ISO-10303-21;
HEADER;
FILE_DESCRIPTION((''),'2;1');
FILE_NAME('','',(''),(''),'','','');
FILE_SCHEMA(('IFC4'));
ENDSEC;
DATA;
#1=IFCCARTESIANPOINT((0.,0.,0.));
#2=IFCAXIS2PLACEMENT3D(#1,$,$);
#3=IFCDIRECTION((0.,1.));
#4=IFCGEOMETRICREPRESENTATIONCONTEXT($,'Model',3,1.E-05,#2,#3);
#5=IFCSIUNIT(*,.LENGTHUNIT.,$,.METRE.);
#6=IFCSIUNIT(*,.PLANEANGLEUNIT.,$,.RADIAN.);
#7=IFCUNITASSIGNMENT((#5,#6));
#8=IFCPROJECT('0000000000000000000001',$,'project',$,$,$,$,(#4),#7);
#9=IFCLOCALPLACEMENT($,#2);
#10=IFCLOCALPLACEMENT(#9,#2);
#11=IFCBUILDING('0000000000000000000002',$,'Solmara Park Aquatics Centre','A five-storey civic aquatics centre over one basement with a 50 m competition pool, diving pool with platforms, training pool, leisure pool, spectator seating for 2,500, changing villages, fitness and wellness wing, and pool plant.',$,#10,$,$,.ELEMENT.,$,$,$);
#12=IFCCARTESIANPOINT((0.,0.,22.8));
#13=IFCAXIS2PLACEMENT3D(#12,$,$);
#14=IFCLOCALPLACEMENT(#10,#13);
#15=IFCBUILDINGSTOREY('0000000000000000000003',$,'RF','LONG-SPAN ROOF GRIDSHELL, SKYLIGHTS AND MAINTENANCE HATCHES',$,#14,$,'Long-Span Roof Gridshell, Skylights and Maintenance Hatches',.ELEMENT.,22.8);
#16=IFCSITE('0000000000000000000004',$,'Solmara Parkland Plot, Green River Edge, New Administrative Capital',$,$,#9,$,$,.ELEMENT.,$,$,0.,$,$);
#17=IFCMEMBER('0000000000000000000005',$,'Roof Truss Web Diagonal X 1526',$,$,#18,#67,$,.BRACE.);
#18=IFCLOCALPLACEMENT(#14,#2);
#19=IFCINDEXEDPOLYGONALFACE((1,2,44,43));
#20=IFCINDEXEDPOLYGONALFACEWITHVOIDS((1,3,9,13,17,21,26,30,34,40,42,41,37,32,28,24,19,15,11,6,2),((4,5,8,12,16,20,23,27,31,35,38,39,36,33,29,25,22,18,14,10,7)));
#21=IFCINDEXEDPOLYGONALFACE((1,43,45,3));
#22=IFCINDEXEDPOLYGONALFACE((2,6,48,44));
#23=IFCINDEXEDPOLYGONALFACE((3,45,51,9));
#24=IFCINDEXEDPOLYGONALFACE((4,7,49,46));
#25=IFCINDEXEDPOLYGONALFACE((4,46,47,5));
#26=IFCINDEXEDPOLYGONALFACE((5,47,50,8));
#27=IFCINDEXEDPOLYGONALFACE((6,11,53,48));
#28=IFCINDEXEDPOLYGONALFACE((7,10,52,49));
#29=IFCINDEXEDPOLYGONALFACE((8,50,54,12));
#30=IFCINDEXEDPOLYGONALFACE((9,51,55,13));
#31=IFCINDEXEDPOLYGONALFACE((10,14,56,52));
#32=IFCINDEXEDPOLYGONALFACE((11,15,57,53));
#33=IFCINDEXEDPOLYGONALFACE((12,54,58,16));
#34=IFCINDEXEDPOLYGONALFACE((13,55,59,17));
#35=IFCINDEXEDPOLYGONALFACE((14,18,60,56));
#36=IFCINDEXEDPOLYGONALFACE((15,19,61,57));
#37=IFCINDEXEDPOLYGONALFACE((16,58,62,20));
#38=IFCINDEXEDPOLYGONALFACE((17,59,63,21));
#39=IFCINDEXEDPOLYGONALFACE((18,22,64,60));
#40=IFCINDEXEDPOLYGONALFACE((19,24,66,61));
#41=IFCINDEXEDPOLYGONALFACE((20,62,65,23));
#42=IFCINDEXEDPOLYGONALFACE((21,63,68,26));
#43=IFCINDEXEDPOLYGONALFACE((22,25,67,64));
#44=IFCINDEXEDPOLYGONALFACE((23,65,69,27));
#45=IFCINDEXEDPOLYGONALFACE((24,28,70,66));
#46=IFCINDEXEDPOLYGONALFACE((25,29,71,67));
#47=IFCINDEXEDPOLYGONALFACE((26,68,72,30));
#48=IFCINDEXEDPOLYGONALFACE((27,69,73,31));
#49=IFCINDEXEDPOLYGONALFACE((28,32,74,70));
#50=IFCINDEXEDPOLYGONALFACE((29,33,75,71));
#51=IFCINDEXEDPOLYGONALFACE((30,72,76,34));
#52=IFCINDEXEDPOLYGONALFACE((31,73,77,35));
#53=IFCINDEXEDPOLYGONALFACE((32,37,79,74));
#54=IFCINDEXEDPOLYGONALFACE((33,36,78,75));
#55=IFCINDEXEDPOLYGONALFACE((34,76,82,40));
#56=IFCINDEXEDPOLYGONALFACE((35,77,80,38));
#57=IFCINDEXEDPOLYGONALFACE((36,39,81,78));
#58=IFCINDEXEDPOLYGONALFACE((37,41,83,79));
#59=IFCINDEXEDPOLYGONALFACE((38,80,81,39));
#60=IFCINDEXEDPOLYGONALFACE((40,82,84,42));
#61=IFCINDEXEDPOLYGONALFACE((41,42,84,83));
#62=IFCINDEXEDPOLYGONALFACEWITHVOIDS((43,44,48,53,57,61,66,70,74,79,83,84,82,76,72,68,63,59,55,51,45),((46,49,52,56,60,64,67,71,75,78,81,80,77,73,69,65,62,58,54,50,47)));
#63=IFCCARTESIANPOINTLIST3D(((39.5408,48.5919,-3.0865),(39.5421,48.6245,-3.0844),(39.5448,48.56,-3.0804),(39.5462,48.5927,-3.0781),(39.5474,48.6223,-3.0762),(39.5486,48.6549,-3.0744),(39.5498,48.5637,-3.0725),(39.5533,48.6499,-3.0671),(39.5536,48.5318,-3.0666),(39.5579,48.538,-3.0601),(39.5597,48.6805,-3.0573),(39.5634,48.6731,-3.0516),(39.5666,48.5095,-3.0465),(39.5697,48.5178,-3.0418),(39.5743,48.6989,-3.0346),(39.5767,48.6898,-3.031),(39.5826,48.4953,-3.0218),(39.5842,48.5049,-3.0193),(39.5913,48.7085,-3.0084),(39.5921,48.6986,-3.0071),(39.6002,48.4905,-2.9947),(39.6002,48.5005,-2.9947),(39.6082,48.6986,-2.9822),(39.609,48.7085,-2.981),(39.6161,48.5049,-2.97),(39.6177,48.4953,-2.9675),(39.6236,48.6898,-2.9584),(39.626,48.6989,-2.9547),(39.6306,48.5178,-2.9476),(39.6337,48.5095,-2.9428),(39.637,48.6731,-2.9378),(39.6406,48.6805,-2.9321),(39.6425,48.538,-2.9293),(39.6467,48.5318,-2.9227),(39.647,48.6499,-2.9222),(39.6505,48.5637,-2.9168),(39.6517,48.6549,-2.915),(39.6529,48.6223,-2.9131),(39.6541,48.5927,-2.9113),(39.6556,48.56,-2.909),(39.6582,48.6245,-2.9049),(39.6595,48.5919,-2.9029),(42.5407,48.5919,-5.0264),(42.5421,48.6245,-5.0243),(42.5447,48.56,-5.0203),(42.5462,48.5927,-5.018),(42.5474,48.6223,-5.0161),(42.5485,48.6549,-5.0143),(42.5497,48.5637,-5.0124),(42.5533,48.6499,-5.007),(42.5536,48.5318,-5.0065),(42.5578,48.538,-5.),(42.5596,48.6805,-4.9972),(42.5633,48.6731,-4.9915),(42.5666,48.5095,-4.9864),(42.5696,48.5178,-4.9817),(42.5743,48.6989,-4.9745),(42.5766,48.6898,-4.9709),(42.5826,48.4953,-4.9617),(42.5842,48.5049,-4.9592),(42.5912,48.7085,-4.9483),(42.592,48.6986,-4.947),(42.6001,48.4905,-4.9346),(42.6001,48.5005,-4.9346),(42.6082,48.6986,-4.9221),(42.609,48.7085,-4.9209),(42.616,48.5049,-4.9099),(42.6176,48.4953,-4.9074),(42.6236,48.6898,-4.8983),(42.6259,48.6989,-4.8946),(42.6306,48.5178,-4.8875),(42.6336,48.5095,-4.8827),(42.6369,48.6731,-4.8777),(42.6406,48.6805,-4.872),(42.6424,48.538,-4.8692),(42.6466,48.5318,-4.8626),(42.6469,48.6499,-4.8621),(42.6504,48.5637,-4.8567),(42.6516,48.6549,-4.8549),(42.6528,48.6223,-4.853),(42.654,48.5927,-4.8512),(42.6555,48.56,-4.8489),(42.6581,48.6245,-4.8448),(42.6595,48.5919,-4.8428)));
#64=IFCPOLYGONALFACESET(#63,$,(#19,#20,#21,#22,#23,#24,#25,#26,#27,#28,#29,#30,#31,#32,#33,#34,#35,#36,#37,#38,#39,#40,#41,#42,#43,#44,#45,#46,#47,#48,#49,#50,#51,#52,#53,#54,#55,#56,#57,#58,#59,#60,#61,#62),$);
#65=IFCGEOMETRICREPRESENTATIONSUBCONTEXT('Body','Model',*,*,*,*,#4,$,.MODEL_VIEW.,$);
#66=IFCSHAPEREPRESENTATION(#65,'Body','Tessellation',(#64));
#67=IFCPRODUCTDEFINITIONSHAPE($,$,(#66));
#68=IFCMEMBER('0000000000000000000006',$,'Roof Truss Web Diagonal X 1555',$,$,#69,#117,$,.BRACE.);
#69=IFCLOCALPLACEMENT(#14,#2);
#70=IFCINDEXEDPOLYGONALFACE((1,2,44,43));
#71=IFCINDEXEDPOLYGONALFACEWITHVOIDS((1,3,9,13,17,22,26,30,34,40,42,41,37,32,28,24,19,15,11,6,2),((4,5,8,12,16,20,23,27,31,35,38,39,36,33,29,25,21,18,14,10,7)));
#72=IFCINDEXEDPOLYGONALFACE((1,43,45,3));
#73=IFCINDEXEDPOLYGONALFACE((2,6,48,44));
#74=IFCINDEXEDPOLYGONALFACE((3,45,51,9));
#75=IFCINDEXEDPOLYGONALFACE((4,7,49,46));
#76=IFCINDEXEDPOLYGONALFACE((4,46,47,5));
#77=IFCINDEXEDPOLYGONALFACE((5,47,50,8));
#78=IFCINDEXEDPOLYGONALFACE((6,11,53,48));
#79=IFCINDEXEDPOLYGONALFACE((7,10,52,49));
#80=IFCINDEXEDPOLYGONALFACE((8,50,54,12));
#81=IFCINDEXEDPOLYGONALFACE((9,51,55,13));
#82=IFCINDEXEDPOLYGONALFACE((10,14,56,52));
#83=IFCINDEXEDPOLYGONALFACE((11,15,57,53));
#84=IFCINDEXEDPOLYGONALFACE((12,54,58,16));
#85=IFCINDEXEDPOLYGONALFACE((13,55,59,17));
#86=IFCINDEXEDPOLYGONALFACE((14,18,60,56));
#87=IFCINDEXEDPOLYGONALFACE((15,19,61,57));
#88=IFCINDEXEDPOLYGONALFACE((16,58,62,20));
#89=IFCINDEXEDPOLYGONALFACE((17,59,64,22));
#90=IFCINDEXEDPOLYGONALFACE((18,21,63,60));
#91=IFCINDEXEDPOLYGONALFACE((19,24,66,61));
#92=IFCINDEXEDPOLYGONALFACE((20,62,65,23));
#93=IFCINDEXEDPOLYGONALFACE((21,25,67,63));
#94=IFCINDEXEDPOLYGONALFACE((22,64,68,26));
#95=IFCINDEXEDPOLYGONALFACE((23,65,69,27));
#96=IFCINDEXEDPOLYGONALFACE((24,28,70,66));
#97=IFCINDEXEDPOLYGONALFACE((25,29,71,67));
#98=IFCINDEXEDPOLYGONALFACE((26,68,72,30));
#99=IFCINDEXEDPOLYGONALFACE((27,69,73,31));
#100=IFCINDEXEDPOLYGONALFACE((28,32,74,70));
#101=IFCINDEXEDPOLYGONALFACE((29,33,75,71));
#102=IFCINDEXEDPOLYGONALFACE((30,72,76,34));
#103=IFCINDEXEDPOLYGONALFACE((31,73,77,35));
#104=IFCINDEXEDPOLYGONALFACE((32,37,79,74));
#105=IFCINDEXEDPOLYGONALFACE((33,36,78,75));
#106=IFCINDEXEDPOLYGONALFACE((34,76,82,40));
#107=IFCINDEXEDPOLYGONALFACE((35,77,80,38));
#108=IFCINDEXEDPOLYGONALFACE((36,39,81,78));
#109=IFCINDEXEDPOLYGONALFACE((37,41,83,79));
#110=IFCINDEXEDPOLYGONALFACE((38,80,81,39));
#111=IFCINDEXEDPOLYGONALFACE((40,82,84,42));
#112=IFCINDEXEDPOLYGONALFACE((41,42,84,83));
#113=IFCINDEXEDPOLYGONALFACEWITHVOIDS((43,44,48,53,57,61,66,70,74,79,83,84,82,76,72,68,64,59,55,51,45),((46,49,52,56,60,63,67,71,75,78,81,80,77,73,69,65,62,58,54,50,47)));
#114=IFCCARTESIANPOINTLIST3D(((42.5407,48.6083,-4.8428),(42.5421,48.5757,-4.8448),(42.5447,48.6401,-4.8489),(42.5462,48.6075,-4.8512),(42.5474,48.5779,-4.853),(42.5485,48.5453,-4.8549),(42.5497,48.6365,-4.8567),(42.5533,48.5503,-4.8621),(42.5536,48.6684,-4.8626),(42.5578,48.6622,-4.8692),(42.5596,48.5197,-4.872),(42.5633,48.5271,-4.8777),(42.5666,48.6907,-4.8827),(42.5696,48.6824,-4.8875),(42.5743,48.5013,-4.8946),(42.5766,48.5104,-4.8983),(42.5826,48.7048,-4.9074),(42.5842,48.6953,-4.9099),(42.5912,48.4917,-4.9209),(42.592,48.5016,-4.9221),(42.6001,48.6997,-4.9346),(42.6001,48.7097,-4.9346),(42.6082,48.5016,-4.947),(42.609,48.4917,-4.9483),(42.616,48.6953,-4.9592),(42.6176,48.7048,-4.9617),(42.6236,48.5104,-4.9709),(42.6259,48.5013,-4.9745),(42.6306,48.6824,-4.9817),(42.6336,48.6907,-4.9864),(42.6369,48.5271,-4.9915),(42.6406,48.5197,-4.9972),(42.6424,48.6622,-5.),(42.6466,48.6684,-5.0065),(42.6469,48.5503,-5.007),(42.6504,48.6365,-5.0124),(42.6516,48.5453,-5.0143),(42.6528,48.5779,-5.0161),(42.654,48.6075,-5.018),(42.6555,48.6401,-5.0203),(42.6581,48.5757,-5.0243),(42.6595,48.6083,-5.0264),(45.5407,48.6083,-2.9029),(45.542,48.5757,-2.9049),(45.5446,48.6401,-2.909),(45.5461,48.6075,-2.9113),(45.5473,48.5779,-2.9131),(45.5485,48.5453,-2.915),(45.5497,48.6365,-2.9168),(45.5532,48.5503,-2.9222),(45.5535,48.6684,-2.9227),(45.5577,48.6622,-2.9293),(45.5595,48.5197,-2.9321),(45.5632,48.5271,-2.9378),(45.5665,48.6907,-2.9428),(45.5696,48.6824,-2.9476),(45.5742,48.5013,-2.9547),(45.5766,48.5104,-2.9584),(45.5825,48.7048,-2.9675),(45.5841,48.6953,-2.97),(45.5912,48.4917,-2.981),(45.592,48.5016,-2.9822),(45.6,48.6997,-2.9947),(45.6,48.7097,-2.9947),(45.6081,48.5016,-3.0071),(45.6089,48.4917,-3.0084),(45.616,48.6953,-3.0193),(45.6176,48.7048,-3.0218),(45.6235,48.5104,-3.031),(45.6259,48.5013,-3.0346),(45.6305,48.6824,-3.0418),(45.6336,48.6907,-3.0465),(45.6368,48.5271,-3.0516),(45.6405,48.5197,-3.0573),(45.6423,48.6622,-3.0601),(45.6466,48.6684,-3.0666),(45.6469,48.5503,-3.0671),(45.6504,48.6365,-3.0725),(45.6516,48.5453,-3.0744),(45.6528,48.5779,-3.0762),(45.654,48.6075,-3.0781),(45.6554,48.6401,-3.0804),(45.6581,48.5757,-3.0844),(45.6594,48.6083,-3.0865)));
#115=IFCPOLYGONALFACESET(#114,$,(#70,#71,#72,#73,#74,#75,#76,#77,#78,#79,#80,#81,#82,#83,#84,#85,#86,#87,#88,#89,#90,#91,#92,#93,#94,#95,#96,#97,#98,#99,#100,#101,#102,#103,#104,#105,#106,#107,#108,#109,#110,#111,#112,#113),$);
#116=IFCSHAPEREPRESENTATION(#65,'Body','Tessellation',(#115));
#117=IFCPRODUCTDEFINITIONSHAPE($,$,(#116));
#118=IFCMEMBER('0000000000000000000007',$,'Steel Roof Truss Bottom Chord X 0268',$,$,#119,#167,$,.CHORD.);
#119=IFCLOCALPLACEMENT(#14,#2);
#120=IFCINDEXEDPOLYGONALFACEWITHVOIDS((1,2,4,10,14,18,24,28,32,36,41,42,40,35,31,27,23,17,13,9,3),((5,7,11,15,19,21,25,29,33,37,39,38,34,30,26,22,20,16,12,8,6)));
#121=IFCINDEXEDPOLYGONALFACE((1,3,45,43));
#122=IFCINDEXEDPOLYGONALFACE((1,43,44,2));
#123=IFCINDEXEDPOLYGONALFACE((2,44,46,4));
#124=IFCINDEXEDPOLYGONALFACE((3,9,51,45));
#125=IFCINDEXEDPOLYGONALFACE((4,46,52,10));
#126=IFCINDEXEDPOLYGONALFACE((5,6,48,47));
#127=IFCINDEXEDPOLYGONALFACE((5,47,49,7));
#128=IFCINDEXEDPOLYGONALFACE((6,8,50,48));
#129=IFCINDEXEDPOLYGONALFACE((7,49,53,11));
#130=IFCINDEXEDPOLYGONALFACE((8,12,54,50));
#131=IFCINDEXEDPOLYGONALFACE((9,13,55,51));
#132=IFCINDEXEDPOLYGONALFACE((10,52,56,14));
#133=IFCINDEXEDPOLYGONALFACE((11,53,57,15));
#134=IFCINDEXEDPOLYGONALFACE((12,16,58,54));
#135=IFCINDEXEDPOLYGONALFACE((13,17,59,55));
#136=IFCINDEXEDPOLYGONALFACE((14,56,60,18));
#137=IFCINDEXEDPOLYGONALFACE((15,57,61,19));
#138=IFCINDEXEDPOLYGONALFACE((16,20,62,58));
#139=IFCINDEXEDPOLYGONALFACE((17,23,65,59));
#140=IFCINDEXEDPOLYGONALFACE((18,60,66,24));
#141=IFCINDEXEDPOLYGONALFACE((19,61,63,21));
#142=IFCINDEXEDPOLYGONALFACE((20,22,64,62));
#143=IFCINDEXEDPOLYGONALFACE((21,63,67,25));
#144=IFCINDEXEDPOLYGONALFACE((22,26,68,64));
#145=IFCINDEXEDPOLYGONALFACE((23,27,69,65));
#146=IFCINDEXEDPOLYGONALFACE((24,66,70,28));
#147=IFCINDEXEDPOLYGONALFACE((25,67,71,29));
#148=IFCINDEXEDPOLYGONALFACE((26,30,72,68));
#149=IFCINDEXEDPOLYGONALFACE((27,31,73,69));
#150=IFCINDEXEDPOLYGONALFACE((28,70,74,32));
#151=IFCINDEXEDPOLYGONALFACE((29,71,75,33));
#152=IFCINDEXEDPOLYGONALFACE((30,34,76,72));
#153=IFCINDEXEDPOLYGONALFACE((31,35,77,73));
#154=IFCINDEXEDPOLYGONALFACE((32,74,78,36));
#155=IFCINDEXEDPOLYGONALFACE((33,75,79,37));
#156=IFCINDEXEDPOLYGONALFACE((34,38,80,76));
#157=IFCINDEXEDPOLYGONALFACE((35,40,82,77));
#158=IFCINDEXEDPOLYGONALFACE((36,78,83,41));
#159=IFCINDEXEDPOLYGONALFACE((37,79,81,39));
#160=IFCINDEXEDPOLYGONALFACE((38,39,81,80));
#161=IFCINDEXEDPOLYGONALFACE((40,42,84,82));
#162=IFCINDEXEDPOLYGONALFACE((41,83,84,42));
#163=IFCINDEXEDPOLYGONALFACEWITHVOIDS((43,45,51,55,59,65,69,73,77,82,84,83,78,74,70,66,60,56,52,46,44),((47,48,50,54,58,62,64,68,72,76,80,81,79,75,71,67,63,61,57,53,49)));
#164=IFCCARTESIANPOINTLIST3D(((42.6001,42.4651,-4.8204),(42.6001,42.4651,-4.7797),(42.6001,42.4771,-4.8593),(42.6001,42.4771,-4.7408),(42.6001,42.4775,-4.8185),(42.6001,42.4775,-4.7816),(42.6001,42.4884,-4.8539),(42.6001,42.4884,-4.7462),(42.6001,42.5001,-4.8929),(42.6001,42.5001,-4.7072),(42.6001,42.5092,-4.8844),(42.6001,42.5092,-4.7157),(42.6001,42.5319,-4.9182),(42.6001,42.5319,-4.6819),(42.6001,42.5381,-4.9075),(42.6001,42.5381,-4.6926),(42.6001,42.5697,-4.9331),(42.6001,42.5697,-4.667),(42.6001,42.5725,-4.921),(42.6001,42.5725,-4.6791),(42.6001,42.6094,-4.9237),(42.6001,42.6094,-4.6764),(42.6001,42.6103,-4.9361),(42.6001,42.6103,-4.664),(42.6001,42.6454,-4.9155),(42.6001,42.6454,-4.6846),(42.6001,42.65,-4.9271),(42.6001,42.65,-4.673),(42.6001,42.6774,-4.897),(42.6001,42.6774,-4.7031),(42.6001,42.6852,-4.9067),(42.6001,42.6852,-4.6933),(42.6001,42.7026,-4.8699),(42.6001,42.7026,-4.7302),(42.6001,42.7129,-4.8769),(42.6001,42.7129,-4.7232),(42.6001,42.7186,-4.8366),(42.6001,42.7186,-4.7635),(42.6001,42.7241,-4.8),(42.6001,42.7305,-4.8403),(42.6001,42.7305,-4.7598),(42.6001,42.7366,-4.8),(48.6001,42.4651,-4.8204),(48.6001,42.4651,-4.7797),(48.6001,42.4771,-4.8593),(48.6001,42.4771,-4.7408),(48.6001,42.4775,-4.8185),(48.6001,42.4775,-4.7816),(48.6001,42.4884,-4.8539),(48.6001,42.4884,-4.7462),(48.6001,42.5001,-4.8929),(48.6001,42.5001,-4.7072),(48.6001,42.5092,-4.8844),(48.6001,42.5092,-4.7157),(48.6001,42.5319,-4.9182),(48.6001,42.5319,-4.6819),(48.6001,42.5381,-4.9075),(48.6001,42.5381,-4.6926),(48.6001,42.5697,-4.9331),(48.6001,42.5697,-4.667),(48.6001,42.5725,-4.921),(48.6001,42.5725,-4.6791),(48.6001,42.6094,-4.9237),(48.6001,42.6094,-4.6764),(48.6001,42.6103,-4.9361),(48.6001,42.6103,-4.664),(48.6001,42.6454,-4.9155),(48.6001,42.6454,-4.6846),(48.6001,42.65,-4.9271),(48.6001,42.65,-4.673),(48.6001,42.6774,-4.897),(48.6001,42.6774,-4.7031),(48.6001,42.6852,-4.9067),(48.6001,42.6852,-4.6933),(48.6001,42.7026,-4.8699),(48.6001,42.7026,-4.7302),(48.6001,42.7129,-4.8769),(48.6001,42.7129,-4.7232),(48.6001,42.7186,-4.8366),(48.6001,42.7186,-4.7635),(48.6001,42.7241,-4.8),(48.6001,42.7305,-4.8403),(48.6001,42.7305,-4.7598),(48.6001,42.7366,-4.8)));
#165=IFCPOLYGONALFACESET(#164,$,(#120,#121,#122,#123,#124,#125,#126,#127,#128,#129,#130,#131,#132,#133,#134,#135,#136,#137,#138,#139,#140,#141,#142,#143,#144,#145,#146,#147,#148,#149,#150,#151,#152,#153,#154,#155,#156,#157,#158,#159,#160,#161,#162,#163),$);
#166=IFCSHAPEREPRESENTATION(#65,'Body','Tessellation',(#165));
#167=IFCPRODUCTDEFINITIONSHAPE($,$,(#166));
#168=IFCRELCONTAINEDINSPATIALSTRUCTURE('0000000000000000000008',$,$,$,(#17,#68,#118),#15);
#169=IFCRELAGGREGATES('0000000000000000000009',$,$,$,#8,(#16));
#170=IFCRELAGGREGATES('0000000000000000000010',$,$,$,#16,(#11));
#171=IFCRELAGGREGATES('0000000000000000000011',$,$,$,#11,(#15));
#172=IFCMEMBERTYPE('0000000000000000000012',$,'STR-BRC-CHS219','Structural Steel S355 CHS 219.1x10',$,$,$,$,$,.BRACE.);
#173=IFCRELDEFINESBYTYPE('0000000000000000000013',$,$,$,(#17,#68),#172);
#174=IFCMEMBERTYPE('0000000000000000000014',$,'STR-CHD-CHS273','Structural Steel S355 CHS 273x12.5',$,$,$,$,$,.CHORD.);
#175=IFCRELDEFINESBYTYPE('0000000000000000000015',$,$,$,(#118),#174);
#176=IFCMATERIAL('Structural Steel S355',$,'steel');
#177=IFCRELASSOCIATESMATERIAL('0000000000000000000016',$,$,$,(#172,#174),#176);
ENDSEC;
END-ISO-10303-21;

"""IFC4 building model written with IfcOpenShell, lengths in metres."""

from ifc_helpers import new_model, si_unit, direction, frame, origin, origin_2d, place, context, subcontext, project, spatial, hollow_circle, extrude, material, material_profile, profile_set, type_object, element, save


model = new_model("IFC4")

# Units and contexts
model_context = context("Model", 3, precision=1e-05, world=origin(), true_north=direction((0.0, 1.0)))
body_context = subcontext(model_context, "Body", "Model", "MODEL_VIEW")
ifc_project = project(units=[si_unit("LENGTHUNIT", "METRE"), si_unit("PLANEANGLEUNIT", "RADIAN")], contexts=[model_context])

# Site, building, storey
site_placement = place(None, origin())
site = spatial("IfcSite", under=ifc_project, at=site_placement, Name="Solmara Parkland Plot, Green River Edge, New Administrative Capital", CompositionType="ELEMENT", RefElevation=0.0)
building_placement = place(site_placement, origin())
building = spatial("IfcBuilding", under=site, at=building_placement, Name="Solmara Park Aquatics Centre", Description="A five-storey civic aquatics centre over one basement with a 50 m competition pool, diving pool with platforms, training pool, leisure pool, spectator seating for 2,500, changing villages, fitness and wellness wing, and pool plant.", CompositionType="ELEMENT")
storey_placement = place(building_placement, frame((0.0, 0.0, 22.8)))
storey = spatial("IfcBuildingStorey", under=building, at=storey_placement, Name="RF", Description="LONG-SPAN ROOF GRIDSHELL, SKYLIGHTS AND MAINTENANCE HATCHES", LongName="Long-Span Roof Gridshell, Skylights and Maintenance Hatches", CompositionType="ELEMENT", Elevation=22.8)

# Members
ifc_material_1 = material(Name="Structural Steel S355", Category="steel")
ifc_material_profile_1 = material_profile(ifc_material_1, hollow_circle(Radius=0.1096, WallThickness=0.01, at=origin_2d()), Name="CHS 219.1x10")
ifc_profile_set_1 = profile_set([ifc_material_profile_1], Name="Structural Steel S355")
member_type_1 = type_object("IfcMemberType", Name="STR-BRC-CHS219", Description="Structural Steel S355 CHS 219.1x10", PredefinedType="BRACE", material=ifc_profile_set_1)
for number, where, z_axis, x_axis, name in (
    (1, (42.6001, 48.6001, -4.9346), (-0.839728, 0.0, 0.543008), (0.0, -1.0, 0.0), "Roof Truss Web Diagonal X 1526"),
    (2, (42.6001, 48.6001, -4.9346), (0.839728, 0.0, 0.543008), (0.0, 1.0, 0.0), "Roof Truss Web Diagonal X 1555"),
):
    element("IfcMember", number, at=place(storey_placement, frame(where, z_axis=z_axis, x_axis=x_axis)), inside=storey, type_object=member_type_1, Name=name, PredefinedType="BRACE", context=body_context, shape_type="SweptSolid", body=[
        extrude(hollow_circle(Radius=0.1096, WallThickness=0.01, at=origin_2d()), origin(), (0.0, 0.0, 1.0), 3.5725),
    ])
ifc_material_profile_2 = material_profile(ifc_material_1, hollow_circle(Radius=0.1365, WallThickness=0.0125, at=origin_2d()), Name="CHS 273x12.5")
ifc_profile_set_2 = profile_set([ifc_material_profile_2], Name="Structural Steel S355")
member_type_2 = type_object("IfcMemberType", Name="STR-CHD-CHS273", Description="Structural Steel S355 CHS 273x12.5", PredefinedType="CHORD", material=ifc_profile_set_2)
for number, where, z_axis, x_axis, name in (
    (3, (42.6001, 42.6001, -4.8), (1.0, 0.0, 0.0), (0.0, 1.0, 0.0), "Steel Roof Truss Bottom Chord X 0268"),
):
    element("IfcMember", number, at=place(storey_placement, frame(where, z_axis=z_axis, x_axis=x_axis)), inside=storey, type_object=member_type_2, Name=name, PredefinedType="CHORD", context=body_context, shape_type="SweptSolid", body=[
        extrude(hollow_circle(Radius=0.1365, WallThickness=0.0125, at=origin_2d()), origin(), (0.0, 0.0, 1.0), 6.0),
    ])

save(model, "model.ifc")
